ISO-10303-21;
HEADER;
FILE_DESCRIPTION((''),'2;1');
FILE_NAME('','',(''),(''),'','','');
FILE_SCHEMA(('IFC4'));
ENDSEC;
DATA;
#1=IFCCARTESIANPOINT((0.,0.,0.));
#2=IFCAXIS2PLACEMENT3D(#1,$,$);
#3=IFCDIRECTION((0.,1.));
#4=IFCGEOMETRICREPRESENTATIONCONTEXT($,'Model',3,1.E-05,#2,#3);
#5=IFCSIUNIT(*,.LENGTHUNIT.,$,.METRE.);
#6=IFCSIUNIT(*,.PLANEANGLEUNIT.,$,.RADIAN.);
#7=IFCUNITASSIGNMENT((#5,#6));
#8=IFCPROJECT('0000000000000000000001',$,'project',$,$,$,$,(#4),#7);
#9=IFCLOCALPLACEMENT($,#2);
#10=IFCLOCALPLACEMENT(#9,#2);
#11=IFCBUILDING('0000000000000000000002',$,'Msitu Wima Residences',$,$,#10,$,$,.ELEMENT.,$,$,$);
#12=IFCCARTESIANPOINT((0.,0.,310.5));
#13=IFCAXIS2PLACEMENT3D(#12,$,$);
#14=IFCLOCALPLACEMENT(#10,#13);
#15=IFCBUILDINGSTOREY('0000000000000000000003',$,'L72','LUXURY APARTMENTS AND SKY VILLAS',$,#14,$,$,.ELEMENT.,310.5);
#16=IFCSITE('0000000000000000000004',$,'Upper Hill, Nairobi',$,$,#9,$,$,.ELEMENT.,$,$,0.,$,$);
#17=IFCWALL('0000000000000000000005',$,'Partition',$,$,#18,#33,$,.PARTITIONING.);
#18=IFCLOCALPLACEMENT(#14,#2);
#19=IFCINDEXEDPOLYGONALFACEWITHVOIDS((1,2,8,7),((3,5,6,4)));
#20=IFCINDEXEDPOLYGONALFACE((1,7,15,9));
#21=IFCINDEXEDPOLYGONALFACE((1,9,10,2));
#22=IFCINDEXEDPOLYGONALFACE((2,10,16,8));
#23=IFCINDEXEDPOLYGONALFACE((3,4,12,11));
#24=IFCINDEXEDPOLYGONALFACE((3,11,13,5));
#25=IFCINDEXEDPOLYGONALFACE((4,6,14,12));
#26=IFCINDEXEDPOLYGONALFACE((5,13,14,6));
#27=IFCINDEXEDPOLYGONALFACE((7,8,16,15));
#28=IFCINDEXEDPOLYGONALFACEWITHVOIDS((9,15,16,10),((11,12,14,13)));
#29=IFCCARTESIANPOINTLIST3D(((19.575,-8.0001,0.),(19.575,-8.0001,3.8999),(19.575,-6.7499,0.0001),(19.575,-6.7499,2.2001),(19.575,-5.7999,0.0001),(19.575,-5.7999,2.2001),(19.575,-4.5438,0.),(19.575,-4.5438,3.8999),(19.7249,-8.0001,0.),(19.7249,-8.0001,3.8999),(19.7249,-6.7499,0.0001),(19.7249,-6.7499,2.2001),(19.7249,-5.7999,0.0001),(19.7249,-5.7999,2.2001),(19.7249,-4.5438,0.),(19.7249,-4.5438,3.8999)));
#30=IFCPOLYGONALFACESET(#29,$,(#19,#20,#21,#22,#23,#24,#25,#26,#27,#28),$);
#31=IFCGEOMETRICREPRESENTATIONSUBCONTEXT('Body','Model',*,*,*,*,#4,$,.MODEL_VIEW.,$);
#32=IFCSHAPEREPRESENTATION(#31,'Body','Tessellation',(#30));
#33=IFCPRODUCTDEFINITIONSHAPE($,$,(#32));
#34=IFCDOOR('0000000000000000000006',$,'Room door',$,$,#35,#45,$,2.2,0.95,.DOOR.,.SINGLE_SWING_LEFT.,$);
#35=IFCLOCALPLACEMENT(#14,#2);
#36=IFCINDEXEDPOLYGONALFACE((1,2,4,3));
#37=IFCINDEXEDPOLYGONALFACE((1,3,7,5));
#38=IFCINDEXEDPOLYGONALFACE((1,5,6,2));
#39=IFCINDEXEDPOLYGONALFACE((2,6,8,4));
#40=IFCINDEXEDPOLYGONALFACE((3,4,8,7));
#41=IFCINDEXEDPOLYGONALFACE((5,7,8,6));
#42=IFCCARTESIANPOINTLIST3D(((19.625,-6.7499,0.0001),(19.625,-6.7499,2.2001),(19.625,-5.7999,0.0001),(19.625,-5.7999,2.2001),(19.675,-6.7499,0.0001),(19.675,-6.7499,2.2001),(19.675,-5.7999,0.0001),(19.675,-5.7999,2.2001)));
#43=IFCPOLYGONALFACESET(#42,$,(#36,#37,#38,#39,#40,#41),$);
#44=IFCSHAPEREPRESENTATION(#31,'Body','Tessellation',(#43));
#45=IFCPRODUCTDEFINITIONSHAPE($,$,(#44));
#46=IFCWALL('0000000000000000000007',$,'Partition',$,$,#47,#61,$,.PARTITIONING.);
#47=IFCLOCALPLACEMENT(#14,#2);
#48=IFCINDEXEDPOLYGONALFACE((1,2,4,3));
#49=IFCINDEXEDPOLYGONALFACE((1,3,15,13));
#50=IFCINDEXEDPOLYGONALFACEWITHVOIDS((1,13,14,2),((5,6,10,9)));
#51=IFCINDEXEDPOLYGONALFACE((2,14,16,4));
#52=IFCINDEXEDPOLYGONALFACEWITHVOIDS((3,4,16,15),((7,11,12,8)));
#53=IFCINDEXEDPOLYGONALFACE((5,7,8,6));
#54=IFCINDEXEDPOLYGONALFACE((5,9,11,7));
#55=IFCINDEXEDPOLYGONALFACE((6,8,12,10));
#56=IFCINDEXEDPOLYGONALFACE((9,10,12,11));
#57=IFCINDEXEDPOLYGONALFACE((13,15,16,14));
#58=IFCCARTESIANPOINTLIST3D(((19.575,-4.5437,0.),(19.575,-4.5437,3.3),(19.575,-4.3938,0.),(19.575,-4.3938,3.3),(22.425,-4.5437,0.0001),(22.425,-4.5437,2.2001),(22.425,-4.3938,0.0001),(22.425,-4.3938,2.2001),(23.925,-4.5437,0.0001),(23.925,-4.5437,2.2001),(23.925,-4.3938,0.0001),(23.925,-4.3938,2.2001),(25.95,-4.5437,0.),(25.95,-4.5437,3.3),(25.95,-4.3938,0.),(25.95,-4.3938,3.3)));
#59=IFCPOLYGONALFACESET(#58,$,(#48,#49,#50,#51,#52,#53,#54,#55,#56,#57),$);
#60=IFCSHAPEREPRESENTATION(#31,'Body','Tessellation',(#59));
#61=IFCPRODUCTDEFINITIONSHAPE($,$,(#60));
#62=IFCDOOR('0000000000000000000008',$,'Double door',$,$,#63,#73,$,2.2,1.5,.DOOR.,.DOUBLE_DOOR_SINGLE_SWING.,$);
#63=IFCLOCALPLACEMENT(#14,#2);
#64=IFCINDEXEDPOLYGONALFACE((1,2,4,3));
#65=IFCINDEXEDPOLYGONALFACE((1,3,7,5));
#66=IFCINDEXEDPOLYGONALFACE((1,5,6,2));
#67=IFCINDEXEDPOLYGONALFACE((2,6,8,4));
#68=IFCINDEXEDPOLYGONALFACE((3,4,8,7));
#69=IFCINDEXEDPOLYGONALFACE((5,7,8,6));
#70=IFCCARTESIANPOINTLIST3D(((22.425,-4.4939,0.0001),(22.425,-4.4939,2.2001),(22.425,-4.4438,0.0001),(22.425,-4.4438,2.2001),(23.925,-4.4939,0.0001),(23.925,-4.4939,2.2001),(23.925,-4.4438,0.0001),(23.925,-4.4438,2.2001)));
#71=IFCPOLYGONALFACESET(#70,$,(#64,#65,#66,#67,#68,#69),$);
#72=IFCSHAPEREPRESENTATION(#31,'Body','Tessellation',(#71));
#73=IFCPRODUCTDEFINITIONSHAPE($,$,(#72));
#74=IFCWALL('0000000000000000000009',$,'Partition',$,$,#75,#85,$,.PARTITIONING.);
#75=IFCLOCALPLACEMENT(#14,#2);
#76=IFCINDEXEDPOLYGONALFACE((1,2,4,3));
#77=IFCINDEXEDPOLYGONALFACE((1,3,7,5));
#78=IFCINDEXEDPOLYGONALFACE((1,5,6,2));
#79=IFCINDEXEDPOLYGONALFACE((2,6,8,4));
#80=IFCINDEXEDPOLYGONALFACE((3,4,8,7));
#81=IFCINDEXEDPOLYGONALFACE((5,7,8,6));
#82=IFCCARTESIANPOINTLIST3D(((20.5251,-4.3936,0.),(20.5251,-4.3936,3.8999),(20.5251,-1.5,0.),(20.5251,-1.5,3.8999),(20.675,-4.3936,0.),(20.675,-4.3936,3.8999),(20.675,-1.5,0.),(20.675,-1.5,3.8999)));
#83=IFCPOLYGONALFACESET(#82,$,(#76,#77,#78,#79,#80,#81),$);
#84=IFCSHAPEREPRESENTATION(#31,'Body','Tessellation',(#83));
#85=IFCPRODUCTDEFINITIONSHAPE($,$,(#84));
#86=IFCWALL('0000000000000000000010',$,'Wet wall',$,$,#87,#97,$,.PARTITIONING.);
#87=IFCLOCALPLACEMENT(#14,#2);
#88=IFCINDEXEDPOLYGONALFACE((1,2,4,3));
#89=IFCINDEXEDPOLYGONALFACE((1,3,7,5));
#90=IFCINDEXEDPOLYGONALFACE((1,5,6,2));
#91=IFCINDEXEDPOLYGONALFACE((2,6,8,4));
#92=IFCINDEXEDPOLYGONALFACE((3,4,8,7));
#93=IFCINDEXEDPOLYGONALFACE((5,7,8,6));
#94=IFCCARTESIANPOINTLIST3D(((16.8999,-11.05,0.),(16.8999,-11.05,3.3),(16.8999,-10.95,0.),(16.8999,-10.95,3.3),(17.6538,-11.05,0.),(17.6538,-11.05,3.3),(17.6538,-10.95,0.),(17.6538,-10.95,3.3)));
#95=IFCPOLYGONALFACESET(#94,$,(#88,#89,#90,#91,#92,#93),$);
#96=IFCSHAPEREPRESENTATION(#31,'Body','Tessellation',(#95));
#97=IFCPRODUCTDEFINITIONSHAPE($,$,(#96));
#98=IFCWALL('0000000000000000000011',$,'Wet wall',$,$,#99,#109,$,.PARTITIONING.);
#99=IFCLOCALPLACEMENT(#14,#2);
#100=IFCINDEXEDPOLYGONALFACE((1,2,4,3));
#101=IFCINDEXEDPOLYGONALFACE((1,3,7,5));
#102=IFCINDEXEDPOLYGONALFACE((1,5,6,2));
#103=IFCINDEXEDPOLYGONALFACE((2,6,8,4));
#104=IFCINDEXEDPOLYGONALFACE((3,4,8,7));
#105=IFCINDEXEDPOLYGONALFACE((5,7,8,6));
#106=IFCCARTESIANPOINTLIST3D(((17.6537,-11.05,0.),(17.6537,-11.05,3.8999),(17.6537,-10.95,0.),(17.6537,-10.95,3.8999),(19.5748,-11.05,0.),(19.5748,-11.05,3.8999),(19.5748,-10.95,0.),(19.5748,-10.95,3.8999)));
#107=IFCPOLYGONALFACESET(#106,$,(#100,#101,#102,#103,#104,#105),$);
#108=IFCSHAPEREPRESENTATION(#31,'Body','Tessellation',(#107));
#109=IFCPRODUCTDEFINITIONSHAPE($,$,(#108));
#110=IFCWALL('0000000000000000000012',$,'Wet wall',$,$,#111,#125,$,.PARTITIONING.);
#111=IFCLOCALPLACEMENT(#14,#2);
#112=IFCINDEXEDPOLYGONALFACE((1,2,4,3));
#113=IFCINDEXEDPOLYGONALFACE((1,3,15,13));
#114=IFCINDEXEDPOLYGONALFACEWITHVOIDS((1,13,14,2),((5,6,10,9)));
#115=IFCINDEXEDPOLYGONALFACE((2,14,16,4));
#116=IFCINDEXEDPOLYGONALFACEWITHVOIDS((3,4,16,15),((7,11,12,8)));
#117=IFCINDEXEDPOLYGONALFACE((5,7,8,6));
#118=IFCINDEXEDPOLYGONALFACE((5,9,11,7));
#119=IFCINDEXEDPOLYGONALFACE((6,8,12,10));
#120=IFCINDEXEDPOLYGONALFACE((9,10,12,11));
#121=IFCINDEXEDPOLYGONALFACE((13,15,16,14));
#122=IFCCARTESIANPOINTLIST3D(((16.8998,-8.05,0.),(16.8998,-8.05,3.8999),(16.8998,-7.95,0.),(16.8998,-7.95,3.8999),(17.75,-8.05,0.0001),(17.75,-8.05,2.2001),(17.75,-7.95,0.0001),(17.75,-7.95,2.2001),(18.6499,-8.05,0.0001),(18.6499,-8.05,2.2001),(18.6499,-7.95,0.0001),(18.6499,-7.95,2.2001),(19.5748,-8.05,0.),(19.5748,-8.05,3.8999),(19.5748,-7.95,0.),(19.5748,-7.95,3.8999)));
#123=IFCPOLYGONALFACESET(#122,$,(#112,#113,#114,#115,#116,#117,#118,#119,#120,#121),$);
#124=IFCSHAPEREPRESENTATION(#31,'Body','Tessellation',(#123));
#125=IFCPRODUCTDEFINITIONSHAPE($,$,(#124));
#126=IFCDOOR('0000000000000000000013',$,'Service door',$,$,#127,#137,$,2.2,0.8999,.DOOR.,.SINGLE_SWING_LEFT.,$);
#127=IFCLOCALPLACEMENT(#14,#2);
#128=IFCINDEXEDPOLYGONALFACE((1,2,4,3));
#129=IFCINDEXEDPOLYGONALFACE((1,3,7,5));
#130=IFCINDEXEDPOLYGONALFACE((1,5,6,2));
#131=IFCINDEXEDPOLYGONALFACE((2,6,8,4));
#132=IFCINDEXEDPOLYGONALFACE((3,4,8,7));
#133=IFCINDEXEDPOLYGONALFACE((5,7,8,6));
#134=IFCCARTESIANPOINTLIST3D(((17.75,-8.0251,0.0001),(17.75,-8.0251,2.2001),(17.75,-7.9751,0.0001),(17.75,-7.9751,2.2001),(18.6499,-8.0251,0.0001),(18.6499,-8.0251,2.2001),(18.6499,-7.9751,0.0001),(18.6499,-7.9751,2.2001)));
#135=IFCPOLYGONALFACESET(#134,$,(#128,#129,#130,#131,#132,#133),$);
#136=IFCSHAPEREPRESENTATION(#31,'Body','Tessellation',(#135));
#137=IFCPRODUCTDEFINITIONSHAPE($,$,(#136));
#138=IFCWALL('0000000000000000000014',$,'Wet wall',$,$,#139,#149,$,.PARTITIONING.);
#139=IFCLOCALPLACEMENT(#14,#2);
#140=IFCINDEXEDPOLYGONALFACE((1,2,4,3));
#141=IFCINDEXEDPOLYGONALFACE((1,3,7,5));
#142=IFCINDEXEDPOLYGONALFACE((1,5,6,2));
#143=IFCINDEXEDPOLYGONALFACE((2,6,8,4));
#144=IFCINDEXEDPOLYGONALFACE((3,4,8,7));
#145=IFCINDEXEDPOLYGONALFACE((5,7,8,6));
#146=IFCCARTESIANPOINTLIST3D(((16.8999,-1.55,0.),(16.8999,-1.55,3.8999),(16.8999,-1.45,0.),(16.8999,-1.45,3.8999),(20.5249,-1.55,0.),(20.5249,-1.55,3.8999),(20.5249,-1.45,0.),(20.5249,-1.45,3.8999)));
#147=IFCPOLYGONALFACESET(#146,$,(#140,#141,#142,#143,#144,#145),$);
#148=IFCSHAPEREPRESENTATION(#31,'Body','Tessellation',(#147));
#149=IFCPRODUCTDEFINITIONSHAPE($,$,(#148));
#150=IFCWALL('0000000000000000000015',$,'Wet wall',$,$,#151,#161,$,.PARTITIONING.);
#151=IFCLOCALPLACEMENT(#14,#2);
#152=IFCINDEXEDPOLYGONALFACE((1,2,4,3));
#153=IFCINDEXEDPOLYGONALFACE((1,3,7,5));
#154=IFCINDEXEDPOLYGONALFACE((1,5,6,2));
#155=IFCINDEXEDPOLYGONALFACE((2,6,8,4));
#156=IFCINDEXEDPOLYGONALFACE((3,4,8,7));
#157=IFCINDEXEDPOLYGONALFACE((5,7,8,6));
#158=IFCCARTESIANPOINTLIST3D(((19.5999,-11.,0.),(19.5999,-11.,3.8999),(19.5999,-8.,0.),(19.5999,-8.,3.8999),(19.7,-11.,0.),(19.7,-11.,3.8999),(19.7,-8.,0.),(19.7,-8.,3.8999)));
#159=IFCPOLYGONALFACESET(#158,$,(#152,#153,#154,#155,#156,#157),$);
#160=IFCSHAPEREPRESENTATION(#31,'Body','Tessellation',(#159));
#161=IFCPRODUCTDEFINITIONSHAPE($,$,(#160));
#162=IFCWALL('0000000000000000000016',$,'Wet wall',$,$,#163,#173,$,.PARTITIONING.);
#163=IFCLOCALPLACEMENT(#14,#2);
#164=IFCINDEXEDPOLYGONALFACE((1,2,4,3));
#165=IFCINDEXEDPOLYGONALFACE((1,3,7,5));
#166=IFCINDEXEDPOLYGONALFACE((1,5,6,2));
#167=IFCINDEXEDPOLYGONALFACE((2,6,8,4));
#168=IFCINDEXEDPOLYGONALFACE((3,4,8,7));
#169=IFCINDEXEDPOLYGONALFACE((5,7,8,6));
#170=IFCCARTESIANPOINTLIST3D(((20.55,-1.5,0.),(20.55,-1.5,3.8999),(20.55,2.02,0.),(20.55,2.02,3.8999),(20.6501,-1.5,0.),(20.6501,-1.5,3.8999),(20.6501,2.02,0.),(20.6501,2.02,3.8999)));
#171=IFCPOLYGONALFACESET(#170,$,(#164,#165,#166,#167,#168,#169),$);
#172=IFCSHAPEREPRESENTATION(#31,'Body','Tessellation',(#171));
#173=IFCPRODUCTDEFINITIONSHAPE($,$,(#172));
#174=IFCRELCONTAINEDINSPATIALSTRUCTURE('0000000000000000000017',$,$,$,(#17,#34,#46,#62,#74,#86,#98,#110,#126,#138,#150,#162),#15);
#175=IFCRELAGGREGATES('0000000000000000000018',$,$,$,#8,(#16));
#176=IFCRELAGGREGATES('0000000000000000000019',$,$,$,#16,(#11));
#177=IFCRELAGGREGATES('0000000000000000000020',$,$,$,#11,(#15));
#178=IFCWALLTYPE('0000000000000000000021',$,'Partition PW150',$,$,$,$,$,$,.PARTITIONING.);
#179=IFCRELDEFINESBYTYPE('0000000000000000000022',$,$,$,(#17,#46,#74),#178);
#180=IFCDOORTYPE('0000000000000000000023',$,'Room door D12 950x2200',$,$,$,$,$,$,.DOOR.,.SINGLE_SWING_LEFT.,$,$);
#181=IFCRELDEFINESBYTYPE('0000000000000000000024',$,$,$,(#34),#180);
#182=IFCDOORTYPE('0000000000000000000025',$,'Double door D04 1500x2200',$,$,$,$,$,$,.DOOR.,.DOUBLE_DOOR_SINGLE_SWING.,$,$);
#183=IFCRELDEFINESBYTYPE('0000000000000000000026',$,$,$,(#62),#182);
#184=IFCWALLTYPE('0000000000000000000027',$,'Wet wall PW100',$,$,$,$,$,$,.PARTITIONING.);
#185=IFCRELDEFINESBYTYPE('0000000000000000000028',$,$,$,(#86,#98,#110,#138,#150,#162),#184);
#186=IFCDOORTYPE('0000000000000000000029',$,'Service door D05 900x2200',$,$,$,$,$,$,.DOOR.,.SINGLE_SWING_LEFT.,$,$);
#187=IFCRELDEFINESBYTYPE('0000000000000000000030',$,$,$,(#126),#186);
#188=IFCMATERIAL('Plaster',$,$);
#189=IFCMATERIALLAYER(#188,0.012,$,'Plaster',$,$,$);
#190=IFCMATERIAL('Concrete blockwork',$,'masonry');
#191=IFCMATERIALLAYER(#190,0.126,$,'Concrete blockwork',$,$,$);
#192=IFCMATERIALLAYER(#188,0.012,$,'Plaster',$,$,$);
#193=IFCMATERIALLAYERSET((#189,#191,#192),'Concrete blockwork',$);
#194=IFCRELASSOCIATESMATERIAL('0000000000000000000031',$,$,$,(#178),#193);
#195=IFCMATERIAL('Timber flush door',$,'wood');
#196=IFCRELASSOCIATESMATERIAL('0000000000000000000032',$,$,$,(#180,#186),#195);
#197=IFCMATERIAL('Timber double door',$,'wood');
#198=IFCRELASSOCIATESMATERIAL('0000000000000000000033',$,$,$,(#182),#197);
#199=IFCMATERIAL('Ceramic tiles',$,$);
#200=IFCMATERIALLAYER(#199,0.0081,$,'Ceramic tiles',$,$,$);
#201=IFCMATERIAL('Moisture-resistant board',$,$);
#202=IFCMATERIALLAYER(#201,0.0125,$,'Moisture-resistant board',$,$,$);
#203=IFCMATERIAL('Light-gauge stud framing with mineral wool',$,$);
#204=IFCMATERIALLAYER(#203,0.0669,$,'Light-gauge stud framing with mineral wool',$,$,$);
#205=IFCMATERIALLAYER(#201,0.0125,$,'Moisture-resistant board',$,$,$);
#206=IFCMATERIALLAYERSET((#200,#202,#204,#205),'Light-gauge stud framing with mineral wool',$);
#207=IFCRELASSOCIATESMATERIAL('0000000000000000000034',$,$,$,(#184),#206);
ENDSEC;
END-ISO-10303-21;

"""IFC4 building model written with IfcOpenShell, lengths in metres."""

from ifc_helpers import new_model, si_unit, direction, frame, frame_2d, origin, place, context, subcontext, project, spatial, rectangle, extrude, material, layer, layer_set, type_object, element, fill, save


model = new_model("IFC4")

# Units and contexts
model_context = context("Model", 3, precision=1e-05, world=origin(), true_north=direction((0.0, 1.0)))
body_context = subcontext(model_context, "Body", "Model", "MODEL_VIEW")
ifc_project = project(units=[si_unit("LENGTHUNIT", "METRE"), si_unit("PLANEANGLEUNIT", "RADIAN")], contexts=[model_context])

# Site, building, storey
site_placement = place(None, origin())
site = spatial("IfcSite", under=ifc_project, at=site_placement, Name="Upper Hill, Nairobi", CompositionType="ELEMENT", RefElevation=0.0)
building_placement = place(site_placement, origin())
building = spatial("IfcBuilding", under=site, at=building_placement, Name="Msitu Wima Residences", CompositionType="ELEMENT")
storey_placement = place(building_placement, frame((0.0, 0.0, 310.5)))
storey = spatial("IfcBuildingStorey", under=building, at=storey_placement, Name="L72", Description="LUXURY APARTMENTS AND SKY VILLAS", CompositionType="ELEMENT", Elevation=310.5)

# Walls, openings, doors
ifc_material_1 = material(Name="Plaster")
ifc_layer_1 = layer(ifc_material_1, 0.012, Name="Plaster")
ifc_material_2 = material(Name="Concrete blockwork", Category="masonry")
ifc_layer_2 = layer(ifc_material_2, 0.126, Name="Concrete blockwork")
ifc_layer_3 = layer(ifc_material_1, 0.012, Name="Plaster")
ifc_layer_set_1 = layer_set([ifc_layer_1, ifc_layer_2, ifc_layer_3], Name="Concrete blockwork")
wall_type_1 = type_object("IfcWallType", Name="Partition PW150", PredefinedType="PARTITIONING", material=ifc_layer_set_1)
wall_1_placement = place(storey_placement, frame((19.6499, -8.0, 0.0), z_axis=(0.0, 0.0, 1.0), x_axis=(0.0, 1.0, 0.0)))
wall_1 = element("IfcWall", 1, at=wall_1_placement, inside=storey, type_object=wall_type_1, Name="Partition", PredefinedType="PARTITIONING", context=body_context, shape_type="SweptSolid", body=[
    extrude(rectangle(XDim=3.4563, YDim=0.1499, at=frame_2d((1.728, 0.0))), origin(), (0.0, 0.0, 1.0), 3.8999),
])
opening_1_placement = place(wall_1_placement, frame((1.25, 0.0, 0.0)))
opening_1 = element("IfcOpeningElement", 2, at=opening_1_placement, cuts=wall_1, PredefinedType="OPENING", context=body_context, shape_type="SweptSolid", body=[
    extrude(rectangle(XDim=0.95, YDim=2.2, at=frame_2d((0.4751, 1.1001))), frame((0.0, 0.085, 0.0), z_axis=(0.0, -1.0, 0.0), x_axis=(1.0, 0.0, 0.0)), (0.0, 0.0, 1.0), 0.1699),
])
ifc_material_3 = material(Name="Timber flush door", Category="wood")
door_type_1 = type_object("IfcDoorType", Name="Room door D12 950x2200", OperationType="SINGLE_SWING_LEFT", PredefinedType="DOOR", material=ifc_material_3)
door_1_placement = place(opening_1_placement, origin())
door_1 = element("IfcDoor", 3, at=door_1_placement, inside=storey, type_object=door_type_1, Name="Room door", OperationType="SINGLE_SWING_LEFT", OverallHeight=2.2, OverallWidth=0.95, PredefinedType="DOOR", context=body_context, shape_type="SweptSolid", body=[
    extrude(rectangle(XDim=0.95, YDim=2.2, at=frame_2d((0.4751, 1.1001))), frame((0.0, 0.0249, 0.0), z_axis=(0.0, -1.0, 0.0), x_axis=(1.0, 0.0, 0.0)), (0.0, 0.0, 1.0), 0.05),
])
fill(opening_1, door_1)
wall_2_placement = place(storey_placement, frame((19.575, -4.4688, 0.0), z_axis=(0.0, 0.0, 1.0), x_axis=(1.0, 0.0, 0.0)))
wall_2 = element("IfcWall", 4, at=wall_2_placement, inside=storey, type_object=wall_type_1, Name="Partition", PredefinedType="PARTITIONING", context=body_context, shape_type="SweptSolid", body=[
    extrude(rectangle(XDim=6.375, YDim=0.1499, at=frame_2d((3.1875, 0.0))), origin(), (0.0, 0.0, 1.0), 3.3),
])
opening_2_placement = place(wall_2_placement, frame((2.8501, 0.0, 0.0)))
opening_2 = element("IfcOpeningElement", 5, at=opening_2_placement, cuts=wall_2, PredefinedType="OPENING", context=body_context, shape_type="SweptSolid", body=[
    extrude(rectangle(XDim=1.5, YDim=2.2, at=frame_2d((0.75, 1.1001))), frame((0.0, 0.085, 0.0), z_axis=(0.0, -1.0, 0.0), x_axis=(1.0, 0.0, 0.0)), (0.0, 0.0, 1.0), 0.1699),
])
ifc_material_4 = material(Name="Timber double door", Category="wood")
door_type_2 = type_object("IfcDoorType", Name="Double door D04 1500x2200", OperationType="DOUBLE_DOOR_SINGLE_SWING", PredefinedType="DOOR", material=ifc_material_4)
door_2_placement = place(opening_2_placement, origin())
door_2 = element("IfcDoor", 6, at=door_2_placement, inside=storey, type_object=door_type_2, Name="Double door", OperationType="DOUBLE_DOOR_SINGLE_SWING", OverallHeight=2.2, OverallWidth=1.5, PredefinedType="DOOR", context=body_context, shape_type="SweptSolid", body=[
    extrude(rectangle(XDim=1.5, YDim=2.2, at=frame_2d((0.75, 1.1001))), frame((0.0, 0.0249, 0.0), z_axis=(0.0, -1.0, 0.0), x_axis=(1.0, 0.0, 0.0)), (0.0, 0.0, 1.0), 0.05),
])
fill(opening_2, door_2)

# Walls
wall_3_placement = place(storey_placement, frame((20.6001, -4.3936, 0.0), z_axis=(0.0, 0.0, 1.0), x_axis=(0.0, 1.0, 0.0)))
element("IfcWall", 7, at=wall_3_placement, inside=storey, type_object=wall_type_1, Name="Partition", PredefinedType="PARTITIONING", context=body_context, shape_type="SweptSolid", body=[
    extrude(rectangle(XDim=2.8936, YDim=0.1499, at=frame_2d((1.4468, 0.0))), origin(), (0.0, 0.0, 1.0), 3.8999),
])
ifc_material_5 = material(Name="Ceramic tiles")
ifc_layer_4 = layer(ifc_material_5, 0.0081, Name="Ceramic tiles")
ifc_material_6 = material(Name="Moisture-resistant board")
ifc_layer_5 = layer(ifc_material_6, 0.0125, Name="Moisture-resistant board")
ifc_material_7 = material(Name="Light-gauge stud framing with mineral wool")
ifc_layer_6 = layer(ifc_material_7, 0.0669, Name="Light-gauge stud framing with mineral wool")
ifc_layer_7 = layer(ifc_material_6, 0.0125, Name="Moisture-resistant board")
ifc_layer_set_2 = layer_set([ifc_layer_4, ifc_layer_5, ifc_layer_6, ifc_layer_7], Name="Light-gauge stud framing with mineral wool")
wall_type_2 = type_object("IfcWallType", Name="Wet wall PW100", PredefinedType="PARTITIONING", material=ifc_layer_set_2)
wall_4_placement = place(storey_placement, frame((16.8999, -11.0, 0.0), z_axis=(0.0, 0.0, 1.0), x_axis=(1.0, 0.0, 0.0)))
element("IfcWall", 8, at=wall_4_placement, inside=storey, type_object=wall_type_2, Name="Wet wall", PredefinedType="PARTITIONING", context=body_context, shape_type="SweptSolid", body=[
    extrude(rectangle(XDim=0.7539, YDim=0.1001, at=frame_2d((0.377, 0.0))), origin(), (0.0, 0.0, 1.0), 3.3),
])
wall_5_placement = place(storey_placement, frame((17.6538, -11.0, 0.0), z_axis=(0.0, 0.0, 1.0), x_axis=(1.0, 0.0, 0.0)))
element("IfcWall", 9, at=wall_5_placement, inside=storey, type_object=wall_type_2, Name="Wet wall", PredefinedType="PARTITIONING", context=body_context, shape_type="SweptSolid", body=[
    extrude(rectangle(XDim=1.9211, YDim=0.1001, at=frame_2d((0.9604, 0.0))), origin(), (0.0, 0.0, 1.0), 3.8999),
])

# Wall, opening, door
wall_6_placement = place(storey_placement, frame((16.8999, -8.0, 0.0), z_axis=(0.0, 0.0, 1.0), x_axis=(1.0, 0.0, 0.0)))
wall_6 = element("IfcWall", 10, at=wall_6_placement, inside=storey, type_object=wall_type_2, Name="Wet wall", PredefinedType="PARTITIONING", context=body_context, shape_type="SweptSolid", body=[
    extrude(rectangle(XDim=2.675, YDim=0.1001, at=frame_2d((1.3374, 0.0))), origin(), (0.0, 0.0, 1.0), 3.8999),
])
opening_3_placement = place(wall_6_placement, frame((0.8501, 0.0, 0.0)))
opening_3 = element("IfcOpeningElement", 11, at=opening_3_placement, cuts=wall_6, PredefinedType="OPENING", context=body_context, shape_type="SweptSolid", body=[
    extrude(rectangle(XDim=0.8999, YDim=2.2, at=frame_2d((0.45, 1.1001))), frame((0.0, 0.0601, 0.0), z_axis=(0.0, -1.0, 0.0), x_axis=(1.0, 0.0, 0.0)), (0.0, 0.0, 1.0), 0.1201),
])
door_type_3 = type_object("IfcDoorType", Name="Service door D05 900x2200", OperationType="SINGLE_SWING_LEFT", PredefinedType="DOOR", material=ifc_material_3)
door_3_placement = place(opening_3_placement, origin())
door_3 = element("IfcDoor", 12, at=door_3_placement, inside=storey, type_object=door_type_3, Name="Service door", OperationType="SINGLE_SWING_LEFT", OverallHeight=2.2, OverallWidth=0.8999, PredefinedType="DOOR", context=body_context, shape_type="SweptSolid", body=[
    extrude(rectangle(XDim=0.8999, YDim=2.2, at=frame_2d((0.45, 1.1001))), frame((0.0, 0.0249, 0.0), z_axis=(0.0, -1.0, 0.0), x_axis=(1.0, 0.0, 0.0)), (0.0, 0.0, 1.0), 0.05),
])
fill(opening_3, door_3)

# Walls
wall_7_placement = place(storey_placement, frame((16.8999, -1.5, 0.0), z_axis=(0.0, 0.0, 1.0), x_axis=(1.0, 0.0, 0.0)))
element("IfcWall", 13, at=wall_7_placement, inside=storey, type_object=wall_type_2, Name="Wet wall", PredefinedType="PARTITIONING", context=body_context, shape_type="SweptSolid", body=[
    extrude(rectangle(XDim=3.625, YDim=0.1001, at=frame_2d((1.8125, 0.0))), origin(), (0.0, 0.0, 1.0), 3.8999),
])
wall_8_placement = place(storey_placement, frame((19.6499, -11.0, 0.0), z_axis=(0.0, 0.0, 1.0), x_axis=(0.0, 1.0, 0.0)))
element("IfcWall", 14, at=wall_8_placement, inside=storey, type_object=wall_type_2, Name="Wet wall", PredefinedType="PARTITIONING", context=body_context, shape_type="SweptSolid", body=[
    extrude(rectangle(XDim=3.0, YDim=0.1001, at=frame_2d((1.5, 0.0))), origin(), (0.0, 0.0, 1.0), 3.8999),
])
wall_9_placement = place(storey_placement, frame((20.6001, -1.5, 0.0), z_axis=(0.0, 0.0, 1.0), x_axis=(0.0, 1.0, 0.0)))
element("IfcWall", 15, at=wall_9_placement, inside=storey, type_object=wall_type_2, Name="Wet wall", PredefinedType="PARTITIONING", context=body_context, shape_type="SweptSolid", body=[
    extrude(rectangle(XDim=3.52, YDim=0.1001, at=frame_2d((1.76, 0.0))), origin(), (0.0, 0.0, 1.0), 3.8999),
])

save(model, "model.ifc")
